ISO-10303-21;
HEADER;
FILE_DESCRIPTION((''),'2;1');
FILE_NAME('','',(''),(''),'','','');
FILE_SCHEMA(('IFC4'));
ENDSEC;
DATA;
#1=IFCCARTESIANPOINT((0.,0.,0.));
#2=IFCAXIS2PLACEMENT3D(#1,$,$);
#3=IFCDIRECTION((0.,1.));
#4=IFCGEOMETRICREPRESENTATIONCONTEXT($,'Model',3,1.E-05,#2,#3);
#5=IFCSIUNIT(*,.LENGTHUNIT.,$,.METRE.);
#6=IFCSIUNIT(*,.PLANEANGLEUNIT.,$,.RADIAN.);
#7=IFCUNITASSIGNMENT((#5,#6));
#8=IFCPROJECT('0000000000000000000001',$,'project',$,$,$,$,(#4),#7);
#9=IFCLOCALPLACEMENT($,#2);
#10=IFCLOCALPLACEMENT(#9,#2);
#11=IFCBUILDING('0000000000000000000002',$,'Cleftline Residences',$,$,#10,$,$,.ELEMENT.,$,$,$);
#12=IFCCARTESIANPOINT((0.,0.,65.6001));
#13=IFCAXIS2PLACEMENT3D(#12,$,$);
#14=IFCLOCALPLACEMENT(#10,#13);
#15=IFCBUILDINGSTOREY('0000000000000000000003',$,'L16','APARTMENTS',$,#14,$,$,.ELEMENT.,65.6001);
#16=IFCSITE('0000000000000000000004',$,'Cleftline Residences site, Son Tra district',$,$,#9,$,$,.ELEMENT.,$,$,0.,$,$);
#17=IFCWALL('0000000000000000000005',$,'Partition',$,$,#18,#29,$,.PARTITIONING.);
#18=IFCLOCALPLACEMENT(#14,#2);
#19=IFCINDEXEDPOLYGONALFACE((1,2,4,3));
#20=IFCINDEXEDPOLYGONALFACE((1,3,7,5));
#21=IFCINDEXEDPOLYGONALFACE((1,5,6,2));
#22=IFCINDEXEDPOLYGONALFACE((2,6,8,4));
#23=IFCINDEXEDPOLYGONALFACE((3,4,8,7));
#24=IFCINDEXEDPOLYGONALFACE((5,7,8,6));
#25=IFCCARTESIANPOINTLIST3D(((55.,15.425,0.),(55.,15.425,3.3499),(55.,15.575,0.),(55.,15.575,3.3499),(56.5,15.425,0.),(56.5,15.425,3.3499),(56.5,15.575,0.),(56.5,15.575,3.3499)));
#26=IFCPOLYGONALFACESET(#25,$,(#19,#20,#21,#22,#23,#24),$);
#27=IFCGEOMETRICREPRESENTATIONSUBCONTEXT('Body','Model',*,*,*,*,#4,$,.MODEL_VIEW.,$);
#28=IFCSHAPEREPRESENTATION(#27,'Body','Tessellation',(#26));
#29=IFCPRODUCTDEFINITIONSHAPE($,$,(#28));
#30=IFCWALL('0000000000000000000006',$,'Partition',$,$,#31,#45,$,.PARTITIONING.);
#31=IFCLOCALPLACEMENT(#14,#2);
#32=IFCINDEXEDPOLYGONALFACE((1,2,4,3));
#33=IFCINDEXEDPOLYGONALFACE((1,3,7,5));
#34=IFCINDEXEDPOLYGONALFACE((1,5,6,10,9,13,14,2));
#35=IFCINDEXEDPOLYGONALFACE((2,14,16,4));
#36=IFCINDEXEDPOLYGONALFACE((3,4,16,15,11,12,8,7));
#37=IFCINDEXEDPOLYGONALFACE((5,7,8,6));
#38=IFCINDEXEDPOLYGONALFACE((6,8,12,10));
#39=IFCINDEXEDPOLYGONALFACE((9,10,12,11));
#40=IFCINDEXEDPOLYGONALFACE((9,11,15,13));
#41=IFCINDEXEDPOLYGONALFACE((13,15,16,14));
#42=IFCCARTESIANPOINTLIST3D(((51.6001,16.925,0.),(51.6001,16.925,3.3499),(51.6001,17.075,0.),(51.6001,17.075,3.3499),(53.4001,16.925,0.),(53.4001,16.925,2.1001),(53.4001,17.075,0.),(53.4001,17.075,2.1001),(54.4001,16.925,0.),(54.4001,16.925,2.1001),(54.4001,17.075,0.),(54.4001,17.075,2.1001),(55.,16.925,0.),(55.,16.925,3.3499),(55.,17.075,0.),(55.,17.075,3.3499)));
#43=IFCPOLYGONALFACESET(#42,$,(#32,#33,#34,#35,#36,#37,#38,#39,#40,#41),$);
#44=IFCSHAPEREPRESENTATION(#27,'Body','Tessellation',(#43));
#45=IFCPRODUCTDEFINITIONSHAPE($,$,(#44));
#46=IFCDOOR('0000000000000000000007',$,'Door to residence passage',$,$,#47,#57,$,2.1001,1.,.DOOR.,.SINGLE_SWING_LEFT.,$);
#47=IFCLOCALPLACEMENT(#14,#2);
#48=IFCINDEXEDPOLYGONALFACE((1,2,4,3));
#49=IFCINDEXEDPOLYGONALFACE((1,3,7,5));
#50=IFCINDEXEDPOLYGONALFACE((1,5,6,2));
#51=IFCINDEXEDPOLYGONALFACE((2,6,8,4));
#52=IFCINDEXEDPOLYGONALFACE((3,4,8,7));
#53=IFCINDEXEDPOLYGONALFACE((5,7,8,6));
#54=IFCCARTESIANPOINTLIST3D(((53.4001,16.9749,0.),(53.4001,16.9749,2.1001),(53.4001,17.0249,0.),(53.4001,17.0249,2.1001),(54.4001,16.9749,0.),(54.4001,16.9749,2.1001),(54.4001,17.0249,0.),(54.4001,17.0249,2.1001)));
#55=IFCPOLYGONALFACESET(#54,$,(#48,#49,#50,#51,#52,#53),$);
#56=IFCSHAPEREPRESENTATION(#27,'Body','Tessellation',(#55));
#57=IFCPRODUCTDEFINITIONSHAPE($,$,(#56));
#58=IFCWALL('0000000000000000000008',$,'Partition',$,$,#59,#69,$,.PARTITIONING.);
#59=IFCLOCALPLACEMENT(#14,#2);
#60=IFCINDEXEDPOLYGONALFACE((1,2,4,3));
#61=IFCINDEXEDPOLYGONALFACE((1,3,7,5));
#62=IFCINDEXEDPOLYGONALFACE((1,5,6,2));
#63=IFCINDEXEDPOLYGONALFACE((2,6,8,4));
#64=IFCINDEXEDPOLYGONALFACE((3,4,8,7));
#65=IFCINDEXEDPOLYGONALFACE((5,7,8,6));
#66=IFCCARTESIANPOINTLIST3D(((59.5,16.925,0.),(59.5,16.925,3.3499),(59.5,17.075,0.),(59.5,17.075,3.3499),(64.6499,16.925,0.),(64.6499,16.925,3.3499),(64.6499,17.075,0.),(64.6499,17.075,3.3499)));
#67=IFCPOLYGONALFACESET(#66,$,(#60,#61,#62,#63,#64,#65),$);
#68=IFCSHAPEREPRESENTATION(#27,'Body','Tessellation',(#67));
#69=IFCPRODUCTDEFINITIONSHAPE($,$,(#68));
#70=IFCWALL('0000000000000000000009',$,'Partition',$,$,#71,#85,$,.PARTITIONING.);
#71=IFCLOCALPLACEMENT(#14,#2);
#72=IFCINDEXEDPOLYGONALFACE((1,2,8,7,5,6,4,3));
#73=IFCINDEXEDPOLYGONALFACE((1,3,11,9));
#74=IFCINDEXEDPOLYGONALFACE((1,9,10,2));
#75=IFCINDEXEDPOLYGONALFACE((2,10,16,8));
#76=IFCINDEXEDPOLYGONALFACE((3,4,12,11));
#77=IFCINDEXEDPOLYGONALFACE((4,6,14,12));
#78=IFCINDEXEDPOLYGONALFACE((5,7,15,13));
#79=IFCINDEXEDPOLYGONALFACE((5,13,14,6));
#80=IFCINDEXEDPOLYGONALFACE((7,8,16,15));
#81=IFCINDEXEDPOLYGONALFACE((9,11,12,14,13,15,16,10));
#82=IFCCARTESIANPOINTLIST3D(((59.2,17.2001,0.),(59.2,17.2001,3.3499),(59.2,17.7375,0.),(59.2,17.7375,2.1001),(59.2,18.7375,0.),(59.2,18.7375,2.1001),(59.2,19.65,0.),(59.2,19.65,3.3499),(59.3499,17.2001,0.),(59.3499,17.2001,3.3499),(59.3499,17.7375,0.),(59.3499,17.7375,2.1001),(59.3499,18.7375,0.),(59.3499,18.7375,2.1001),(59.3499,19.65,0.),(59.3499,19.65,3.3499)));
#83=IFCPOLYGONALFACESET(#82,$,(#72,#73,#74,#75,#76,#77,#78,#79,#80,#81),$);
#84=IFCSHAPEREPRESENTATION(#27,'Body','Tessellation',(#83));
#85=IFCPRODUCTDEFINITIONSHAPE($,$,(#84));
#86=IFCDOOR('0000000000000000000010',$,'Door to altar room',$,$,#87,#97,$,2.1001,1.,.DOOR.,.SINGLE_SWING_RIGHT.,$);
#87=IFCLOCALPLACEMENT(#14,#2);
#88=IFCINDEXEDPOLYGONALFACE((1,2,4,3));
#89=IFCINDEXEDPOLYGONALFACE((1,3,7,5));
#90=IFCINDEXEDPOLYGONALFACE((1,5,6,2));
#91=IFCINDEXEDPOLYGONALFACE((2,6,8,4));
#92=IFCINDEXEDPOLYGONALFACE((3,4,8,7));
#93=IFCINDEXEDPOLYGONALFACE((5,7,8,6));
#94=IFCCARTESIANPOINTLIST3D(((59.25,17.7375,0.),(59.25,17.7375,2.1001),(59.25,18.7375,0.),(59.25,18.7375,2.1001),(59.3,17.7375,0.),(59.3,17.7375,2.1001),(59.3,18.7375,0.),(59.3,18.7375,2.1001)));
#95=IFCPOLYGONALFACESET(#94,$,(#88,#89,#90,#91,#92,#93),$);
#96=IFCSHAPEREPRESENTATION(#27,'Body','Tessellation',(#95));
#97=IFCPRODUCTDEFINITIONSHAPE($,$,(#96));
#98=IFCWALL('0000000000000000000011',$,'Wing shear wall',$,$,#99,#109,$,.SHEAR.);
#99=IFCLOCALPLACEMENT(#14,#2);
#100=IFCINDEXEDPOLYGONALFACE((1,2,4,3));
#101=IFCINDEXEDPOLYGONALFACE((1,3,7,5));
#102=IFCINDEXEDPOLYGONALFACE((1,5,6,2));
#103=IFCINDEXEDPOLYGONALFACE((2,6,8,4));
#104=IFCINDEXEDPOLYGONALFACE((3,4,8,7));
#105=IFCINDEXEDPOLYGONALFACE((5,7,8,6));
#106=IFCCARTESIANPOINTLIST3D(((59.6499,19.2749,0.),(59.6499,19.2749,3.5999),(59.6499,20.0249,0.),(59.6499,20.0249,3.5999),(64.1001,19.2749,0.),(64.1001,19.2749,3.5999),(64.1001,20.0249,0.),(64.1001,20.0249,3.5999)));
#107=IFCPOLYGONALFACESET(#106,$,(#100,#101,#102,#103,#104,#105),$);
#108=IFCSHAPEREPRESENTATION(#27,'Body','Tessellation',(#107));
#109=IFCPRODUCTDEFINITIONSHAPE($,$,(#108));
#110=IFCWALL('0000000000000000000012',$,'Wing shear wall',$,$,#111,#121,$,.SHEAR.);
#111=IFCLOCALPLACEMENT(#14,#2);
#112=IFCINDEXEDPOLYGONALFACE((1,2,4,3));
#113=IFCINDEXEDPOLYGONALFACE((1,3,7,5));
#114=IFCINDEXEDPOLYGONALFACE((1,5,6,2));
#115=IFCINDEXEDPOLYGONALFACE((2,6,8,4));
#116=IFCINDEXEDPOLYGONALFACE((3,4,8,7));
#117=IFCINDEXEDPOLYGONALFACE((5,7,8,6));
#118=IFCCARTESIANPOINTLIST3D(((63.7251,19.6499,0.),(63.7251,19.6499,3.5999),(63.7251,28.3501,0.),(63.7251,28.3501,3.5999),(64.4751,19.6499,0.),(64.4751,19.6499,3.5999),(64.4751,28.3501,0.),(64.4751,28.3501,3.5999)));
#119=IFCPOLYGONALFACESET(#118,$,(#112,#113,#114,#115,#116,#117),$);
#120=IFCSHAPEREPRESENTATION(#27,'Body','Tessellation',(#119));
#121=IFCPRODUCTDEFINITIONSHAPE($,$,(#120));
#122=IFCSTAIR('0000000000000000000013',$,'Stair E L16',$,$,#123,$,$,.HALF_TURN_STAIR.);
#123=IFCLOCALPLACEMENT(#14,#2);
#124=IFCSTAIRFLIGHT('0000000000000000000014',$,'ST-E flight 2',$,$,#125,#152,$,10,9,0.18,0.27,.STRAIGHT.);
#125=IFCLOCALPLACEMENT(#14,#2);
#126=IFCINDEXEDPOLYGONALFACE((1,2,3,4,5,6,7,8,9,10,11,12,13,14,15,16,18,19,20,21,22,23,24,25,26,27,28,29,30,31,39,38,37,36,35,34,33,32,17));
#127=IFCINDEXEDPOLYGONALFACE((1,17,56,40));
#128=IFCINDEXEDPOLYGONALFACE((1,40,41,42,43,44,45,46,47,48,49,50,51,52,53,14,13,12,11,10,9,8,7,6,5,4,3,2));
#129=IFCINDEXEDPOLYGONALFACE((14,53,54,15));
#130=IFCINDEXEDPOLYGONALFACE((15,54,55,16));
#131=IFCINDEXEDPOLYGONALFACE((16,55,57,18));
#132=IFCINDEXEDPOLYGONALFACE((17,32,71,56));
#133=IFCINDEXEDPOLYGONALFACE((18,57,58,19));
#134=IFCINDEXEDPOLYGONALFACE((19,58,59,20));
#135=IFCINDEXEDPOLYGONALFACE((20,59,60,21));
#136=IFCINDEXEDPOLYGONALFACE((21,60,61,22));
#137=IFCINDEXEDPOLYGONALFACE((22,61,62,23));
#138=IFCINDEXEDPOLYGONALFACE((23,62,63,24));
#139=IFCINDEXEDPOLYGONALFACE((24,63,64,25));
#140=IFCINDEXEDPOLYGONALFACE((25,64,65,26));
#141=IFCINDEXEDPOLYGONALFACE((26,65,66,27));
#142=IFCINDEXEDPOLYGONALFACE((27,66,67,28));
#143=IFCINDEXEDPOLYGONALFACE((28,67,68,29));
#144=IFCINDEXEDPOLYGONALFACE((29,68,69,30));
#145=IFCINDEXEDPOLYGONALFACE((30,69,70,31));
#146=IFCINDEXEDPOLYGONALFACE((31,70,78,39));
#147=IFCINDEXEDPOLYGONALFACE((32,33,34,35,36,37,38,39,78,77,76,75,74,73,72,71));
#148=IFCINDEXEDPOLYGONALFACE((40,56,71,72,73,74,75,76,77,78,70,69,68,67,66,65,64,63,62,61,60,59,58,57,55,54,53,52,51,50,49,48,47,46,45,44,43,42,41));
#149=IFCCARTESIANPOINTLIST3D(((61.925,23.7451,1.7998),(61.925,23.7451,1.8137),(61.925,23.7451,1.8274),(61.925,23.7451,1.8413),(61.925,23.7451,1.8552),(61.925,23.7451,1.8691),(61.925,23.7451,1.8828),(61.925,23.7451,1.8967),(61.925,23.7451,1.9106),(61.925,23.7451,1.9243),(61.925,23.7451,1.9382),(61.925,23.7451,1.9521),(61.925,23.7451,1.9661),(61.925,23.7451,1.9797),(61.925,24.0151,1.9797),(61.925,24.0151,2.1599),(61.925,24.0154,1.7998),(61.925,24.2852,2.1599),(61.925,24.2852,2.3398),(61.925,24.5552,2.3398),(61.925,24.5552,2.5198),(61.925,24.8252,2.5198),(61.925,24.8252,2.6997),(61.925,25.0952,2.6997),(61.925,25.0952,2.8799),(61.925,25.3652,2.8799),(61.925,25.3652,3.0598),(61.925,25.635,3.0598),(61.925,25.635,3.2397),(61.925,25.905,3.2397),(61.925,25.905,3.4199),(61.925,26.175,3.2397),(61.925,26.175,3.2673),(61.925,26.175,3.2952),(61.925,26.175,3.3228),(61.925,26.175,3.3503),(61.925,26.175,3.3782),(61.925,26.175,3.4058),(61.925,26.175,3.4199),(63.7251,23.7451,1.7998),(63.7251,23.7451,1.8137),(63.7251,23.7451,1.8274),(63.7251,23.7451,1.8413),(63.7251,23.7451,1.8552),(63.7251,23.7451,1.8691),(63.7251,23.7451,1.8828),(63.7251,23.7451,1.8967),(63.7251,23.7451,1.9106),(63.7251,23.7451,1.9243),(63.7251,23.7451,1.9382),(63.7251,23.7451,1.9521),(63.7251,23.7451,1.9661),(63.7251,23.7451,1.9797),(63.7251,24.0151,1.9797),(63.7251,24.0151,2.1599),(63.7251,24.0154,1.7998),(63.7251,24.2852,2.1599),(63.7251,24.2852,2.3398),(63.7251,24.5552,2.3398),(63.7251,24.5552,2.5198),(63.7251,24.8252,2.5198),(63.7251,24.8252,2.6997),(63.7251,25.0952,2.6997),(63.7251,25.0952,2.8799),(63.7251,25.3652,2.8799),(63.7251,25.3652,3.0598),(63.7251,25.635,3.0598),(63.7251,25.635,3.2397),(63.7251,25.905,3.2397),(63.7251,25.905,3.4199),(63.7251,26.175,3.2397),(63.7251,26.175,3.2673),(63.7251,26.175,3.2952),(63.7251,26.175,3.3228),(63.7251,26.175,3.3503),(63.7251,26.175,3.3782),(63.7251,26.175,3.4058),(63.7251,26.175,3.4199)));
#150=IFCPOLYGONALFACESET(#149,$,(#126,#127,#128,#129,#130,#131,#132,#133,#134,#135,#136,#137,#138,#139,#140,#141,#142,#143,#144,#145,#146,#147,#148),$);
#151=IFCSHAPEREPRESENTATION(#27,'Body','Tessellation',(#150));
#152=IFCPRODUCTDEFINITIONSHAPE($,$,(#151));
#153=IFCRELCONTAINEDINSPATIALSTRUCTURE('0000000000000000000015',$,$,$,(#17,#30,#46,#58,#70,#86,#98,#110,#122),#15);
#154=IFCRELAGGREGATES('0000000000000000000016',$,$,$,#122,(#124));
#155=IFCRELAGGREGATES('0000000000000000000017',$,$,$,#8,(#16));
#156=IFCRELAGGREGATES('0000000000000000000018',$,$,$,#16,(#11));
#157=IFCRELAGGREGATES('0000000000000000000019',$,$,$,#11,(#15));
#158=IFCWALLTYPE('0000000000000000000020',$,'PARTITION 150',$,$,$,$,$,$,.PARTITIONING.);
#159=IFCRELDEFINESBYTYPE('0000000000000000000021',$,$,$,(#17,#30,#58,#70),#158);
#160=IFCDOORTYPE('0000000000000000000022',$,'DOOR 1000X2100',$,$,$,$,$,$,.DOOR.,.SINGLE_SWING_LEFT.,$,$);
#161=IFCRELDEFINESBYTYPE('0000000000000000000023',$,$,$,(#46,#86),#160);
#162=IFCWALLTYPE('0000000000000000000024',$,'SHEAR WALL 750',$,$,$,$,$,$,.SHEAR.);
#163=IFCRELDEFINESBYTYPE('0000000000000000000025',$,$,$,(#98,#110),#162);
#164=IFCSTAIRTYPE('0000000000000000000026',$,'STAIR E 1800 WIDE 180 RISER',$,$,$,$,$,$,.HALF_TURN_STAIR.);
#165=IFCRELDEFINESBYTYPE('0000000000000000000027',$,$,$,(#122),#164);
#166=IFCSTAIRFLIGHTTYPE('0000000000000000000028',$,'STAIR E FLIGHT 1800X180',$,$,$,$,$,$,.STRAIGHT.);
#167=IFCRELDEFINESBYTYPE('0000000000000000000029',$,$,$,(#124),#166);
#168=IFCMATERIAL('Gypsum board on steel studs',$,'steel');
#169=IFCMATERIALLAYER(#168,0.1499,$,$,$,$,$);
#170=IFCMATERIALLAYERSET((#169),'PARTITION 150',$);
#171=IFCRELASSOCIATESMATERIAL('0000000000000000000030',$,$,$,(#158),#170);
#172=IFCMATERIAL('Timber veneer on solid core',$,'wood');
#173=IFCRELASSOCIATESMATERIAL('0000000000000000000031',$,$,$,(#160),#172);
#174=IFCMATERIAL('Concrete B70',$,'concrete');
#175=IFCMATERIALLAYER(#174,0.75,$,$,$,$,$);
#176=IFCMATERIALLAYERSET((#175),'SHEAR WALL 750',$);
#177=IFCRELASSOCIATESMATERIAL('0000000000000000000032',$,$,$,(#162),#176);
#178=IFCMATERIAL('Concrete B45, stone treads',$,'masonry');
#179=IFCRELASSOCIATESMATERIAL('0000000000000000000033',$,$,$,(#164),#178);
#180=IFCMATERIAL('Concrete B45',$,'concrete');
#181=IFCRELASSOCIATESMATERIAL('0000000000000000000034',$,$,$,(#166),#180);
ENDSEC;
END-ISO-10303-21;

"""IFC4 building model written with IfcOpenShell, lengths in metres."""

from ifc_helpers import new_model, si_unit, direction, frame, frame_2d, origin, place, context, subcontext, project, spatial, polyline, rectangle, outline, extrude, material, layer, layer_set, type_object, element, fill, aggregate, save


model = new_model("IFC4")

# Units and contexts
model_context = context("Model", 3, precision=1e-05, world=origin(), true_north=direction((0.0, 1.0)))
body_context = subcontext(model_context, "Body", "Model", "MODEL_VIEW")
ifc_project = project(units=[si_unit("LENGTHUNIT", "METRE"), si_unit("PLANEANGLEUNIT", "RADIAN")], contexts=[model_context])

# Site, building, storey
site_placement = place(None, origin())
site = spatial("IfcSite", under=ifc_project, at=site_placement, Name="Cleftline Residences site, Son Tra district", CompositionType="ELEMENT", RefElevation=0.0)
building_placement = place(site_placement, origin())
building = spatial("IfcBuilding", under=site, at=building_placement, Name="Cleftline Residences", CompositionType="ELEMENT")
storey_placement = place(building_placement, frame((0.0, 0.0, 65.6001)))
storey = spatial("IfcBuildingStorey", under=building, at=storey_placement, Name="L16", Description="APARTMENTS", CompositionType="ELEMENT", Elevation=65.6001)

# Wall
ifc_material_1 = material(Name="Gypsum board on steel studs", Category="steel")
ifc_layer_1 = layer(ifc_material_1, 0.1499)
ifc_layer_set_1 = layer_set([ifc_layer_1], Name="PARTITION 150")
wall_type_1 = type_object("IfcWallType", Name="PARTITION 150", PredefinedType="PARTITIONING", material=ifc_layer_set_1)
wall_1_placement = place(storey_placement, frame((55.0, 15.5, 0.0), z_axis=(0.0, 0.0, 1.0), x_axis=(1.0, 0.0, 0.0)))
element("IfcWall", 1, at=wall_1_placement, inside=storey, type_object=wall_type_1, Name="Partition", PredefinedType="PARTITIONING", context=body_context, shape_type="SweptSolid", body=[
    extrude(rectangle(XDim=1.5, YDim=0.1499, at=frame_2d((0.75, 0.0))), origin(), (0.0, 0.0, 1.0), 3.3499),
])

# Wall, opening, door
wall_2_placement = place(storey_placement, frame((51.6001, 17.0, 0.0), z_axis=(0.0, 0.0, 1.0), x_axis=(1.0, 0.0, 0.0)))
wall_2 = element("IfcWall", 2, at=wall_2_placement, inside=storey, type_object=wall_type_1, Name="Partition", PredefinedType="PARTITIONING", context=body_context, shape_type="SweptSolid", body=[
    extrude(rectangle(XDim=3.3999, YDim=0.1499, at=frame_2d((1.7, 0.0))), origin(), (0.0, 0.0, 1.0), 3.3499),
])
opening_1_placement = place(wall_2_placement, frame((1.8, 0.0, 0.0)))
opening_1 = element("IfcOpeningElement", 3, at=opening_1_placement, cuts=wall_2, PredefinedType="OPENING", context=body_context, shape_type="SweptSolid", body=[
    extrude(rectangle(XDim=1.0, YDim=2.1001, at=frame_2d((0.5, 1.05))), frame((0.0, 0.085, 0.0), z_axis=(0.0, -1.0, 0.0), x_axis=(1.0, 0.0, 0.0)), (0.0, 0.0, 1.0), 0.1699),
])
ifc_material_2 = material(Name="Timber veneer on solid core", Category="wood")
door_type = type_object("IfcDoorType", Name="DOOR 1000X2100", OperationType="SINGLE_SWING_LEFT", PredefinedType="DOOR", material=ifc_material_2)
door_1_placement = place(opening_1_placement, origin())
door_1 = element("IfcDoor", 4, at=door_1_placement, inside=storey, type_object=door_type, Name="Door to residence passage", OperationType="SINGLE_SWING_LEFT", OverallHeight=2.1001, OverallWidth=1.0, PredefinedType="DOOR", context=body_context, shape_type="SweptSolid", body=[
    extrude(rectangle(XDim=1.0, YDim=2.1001, at=frame_2d((0.5, 1.05))), frame((0.0, 0.0249, 0.0), z_axis=(0.0, -1.0, 0.0), x_axis=(1.0, 0.0, 0.0)), (0.0, 0.0, 1.0), 0.05),
])
fill(opening_1, door_1)

# Wall
wall_3_placement = place(storey_placement, frame((59.5, 17.0, 0.0), z_axis=(0.0, 0.0, 1.0), x_axis=(1.0, 0.0, 0.0)))
element("IfcWall", 5, at=wall_3_placement, inside=storey, type_object=wall_type_1, Name="Partition", PredefinedType="PARTITIONING", context=body_context, shape_type="SweptSolid", body=[
    extrude(rectangle(XDim=5.1499, YDim=0.1499, at=frame_2d((2.575, 0.0))), origin(), (0.0, 0.0, 1.0), 3.3499),
])

# Wall, opening, door
wall_4_placement = place(storey_placement, frame((59.2749, 17.2, 0.0), z_axis=(0.0, 0.0, 1.0), x_axis=(0.0, 1.0, 0.0)))
wall_4 = element("IfcWall", 6, at=wall_4_placement, inside=storey, type_object=wall_type_1, Name="Partition", PredefinedType="PARTITIONING", context=body_context, shape_type="SweptSolid", body=[
    extrude(rectangle(XDim=2.45, YDim=0.1499, at=frame_2d((1.2251, 0.0))), origin(), (0.0, 0.0, 1.0), 3.3499),
])
opening_2_placement = place(wall_4_placement, frame((0.5376, 0.0, 0.0)))
opening_2 = element("IfcOpeningElement", 7, at=opening_2_placement, cuts=wall_4, PredefinedType="OPENING", context=body_context, shape_type="SweptSolid", body=[
    extrude(rectangle(XDim=1.0, YDim=2.1001, at=frame_2d((0.5, 1.05))), frame((0.0, 0.085, 0.0), z_axis=(0.0, -1.0, 0.0), x_axis=(1.0, 0.0, 0.0)), (0.0, 0.0, 1.0), 0.1699),
])
door_2_placement = place(opening_2_placement, origin())
door_2 = element("IfcDoor", 8, at=door_2_placement, inside=storey, type_object=door_type, Name="Door to altar room", OperationType="SINGLE_SWING_RIGHT", OverallHeight=2.1001, OverallWidth=1.0, PredefinedType="DOOR", context=body_context, shape_type="SweptSolid", body=[
    extrude(rectangle(XDim=1.0, YDim=2.1001, at=frame_2d((0.5, 1.05))), frame((0.0, 0.0249, 0.0), z_axis=(0.0, -1.0, 0.0), x_axis=(1.0, 0.0, 0.0)), (0.0, 0.0, 1.0), 0.05),
])
fill(opening_2, door_2)

# Walls
ifc_material_3 = material(Name="Concrete B70", Category="concrete")
ifc_layer_2 = layer(ifc_material_3, 0.75)
ifc_layer_set_2 = layer_set([ifc_layer_2], Name="SHEAR WALL 750")
wall_type_2 = type_object("IfcWallType", Name="SHEAR WALL 750", PredefinedType="SHEAR", material=ifc_layer_set_2)
wall_5_placement = place(storey_placement, frame((59.6499, 19.6499, 0.0), z_axis=(0.0, 0.0, 1.0), x_axis=(1.0, 0.0, 0.0)))
element("IfcWall", 9, at=wall_5_placement, inside=storey, type_object=wall_type_2, Name="Wing shear wall", PredefinedType="SHEAR", context=body_context, shape_type="SweptSolid", body=[
    extrude(rectangle(XDim=4.4502, YDim=0.75, at=frame_2d((2.2251, 0.0))), origin(), (0.0, 0.0, 1.0), 3.5999),
])
wall_6_placement = place(storey_placement, frame((64.1001, 19.6499, 0.0), z_axis=(0.0, 0.0, 1.0), x_axis=(0.0, 1.0, 0.0)))
element("IfcWall", 10, at=wall_6_placement, inside=storey, type_object=wall_type_2, Name="Wing shear wall", PredefinedType="SHEAR", context=body_context, shape_type="SweptSolid", body=[
    extrude(rectangle(XDim=8.7002, YDim=0.75, at=frame_2d((4.3501, 0.0))), origin(), (0.0, 0.0, 1.0), 3.5999),
])

# Stair, stair flight
ifc_material_4 = material(Name="Concrete B45, stone treads", Category="masonry")
stair_type = type_object("IfcStairType", Name="STAIR E 1800 WIDE 180 RISER", PredefinedType="HALF_TURN_STAIR", material=ifc_material_4)
stair_placement = place(storey_placement, origin())
stair = element("IfcStair", 11, at=stair_placement, inside=storey, type_object=stair_type, Name="Stair E L16", PredefinedType="HALF_TURN_STAIR")
ifc_material_5 = material(Name="Concrete B45", Category="concrete")
stair_flight_type = type_object("IfcStairFlightType", Name="STAIR E FLIGHT 1800X180", PredefinedType="STRAIGHT", material=ifc_material_5)
stair_flight_placement = place(storey_placement, frame((62.825, 23.7451, 1.7998), z_axis=(0.0, 0.0, 1.0), x_axis=(0.0, 1.0, 0.0)))
stair_flight = element("IfcStairFlight", 12, at=stair_flight_placement, type_object=stair_flight_type, Name="ST-E flight 2", NumberOfRisers=10, NumberOfTreads=9, PredefinedType="STRAIGHT", RiserHeight=0.18, TreadLength=0.27, context=body_context, shape_type="SweptSolid", body=[
    extrude(outline(polyline([(0.0, 0.0), (0.0, 0.0139), (0.0, 0.0276), (0.0, 0.0415), (0.0, 0.0554), (0.0, 0.0693), (0.0, 0.083), (0.0, 0.0969), (0.0, 0.1108), (0.0, 0.1245), (0.0, 0.1384), (0.0, 0.1523), (0.0, 0.1663), (0.0, 0.1799), (0.27, 0.1799), (0.27, 0.3601), (0.54, 0.3601), (0.54, 0.54), (0.8101, 0.54), (0.8101, 0.72), (1.0801, 0.72), (1.0801, 0.8999), (1.3501, 0.8999), (1.3501, 1.0801), (1.6201, 1.0801), (1.6201, 1.26), (1.8899, 1.26), (1.8899, 1.4399), (2.1599, 1.4399), (2.1599, 1.6201), (2.4299, 1.6201), (2.4299, 1.8), (2.4299, 1.7722), (2.4299, 1.7446), (2.4299, 1.7168), (2.4299, 1.6892), (2.4299, 1.6614), (2.4299, 1.6338), (2.4299, 1.606), (2.4299, 1.5784), (2.4299, 1.5505), (2.4299, 1.5229), (2.4299, 1.4954), (2.4299, 1.4675), (2.4299, 1.4399), (0.2703, 0.0), (0.0, 0.0)])), frame((0.0, 0.8999, 0.0), z_axis=(0.0, -1.0, 0.0), x_axis=(1.0, 0.0, 0.0)), (0.0, 0.0, 1.0), 1.8),
])
aggregate(stair, [stair_flight])

save(model, "model.ifc")
